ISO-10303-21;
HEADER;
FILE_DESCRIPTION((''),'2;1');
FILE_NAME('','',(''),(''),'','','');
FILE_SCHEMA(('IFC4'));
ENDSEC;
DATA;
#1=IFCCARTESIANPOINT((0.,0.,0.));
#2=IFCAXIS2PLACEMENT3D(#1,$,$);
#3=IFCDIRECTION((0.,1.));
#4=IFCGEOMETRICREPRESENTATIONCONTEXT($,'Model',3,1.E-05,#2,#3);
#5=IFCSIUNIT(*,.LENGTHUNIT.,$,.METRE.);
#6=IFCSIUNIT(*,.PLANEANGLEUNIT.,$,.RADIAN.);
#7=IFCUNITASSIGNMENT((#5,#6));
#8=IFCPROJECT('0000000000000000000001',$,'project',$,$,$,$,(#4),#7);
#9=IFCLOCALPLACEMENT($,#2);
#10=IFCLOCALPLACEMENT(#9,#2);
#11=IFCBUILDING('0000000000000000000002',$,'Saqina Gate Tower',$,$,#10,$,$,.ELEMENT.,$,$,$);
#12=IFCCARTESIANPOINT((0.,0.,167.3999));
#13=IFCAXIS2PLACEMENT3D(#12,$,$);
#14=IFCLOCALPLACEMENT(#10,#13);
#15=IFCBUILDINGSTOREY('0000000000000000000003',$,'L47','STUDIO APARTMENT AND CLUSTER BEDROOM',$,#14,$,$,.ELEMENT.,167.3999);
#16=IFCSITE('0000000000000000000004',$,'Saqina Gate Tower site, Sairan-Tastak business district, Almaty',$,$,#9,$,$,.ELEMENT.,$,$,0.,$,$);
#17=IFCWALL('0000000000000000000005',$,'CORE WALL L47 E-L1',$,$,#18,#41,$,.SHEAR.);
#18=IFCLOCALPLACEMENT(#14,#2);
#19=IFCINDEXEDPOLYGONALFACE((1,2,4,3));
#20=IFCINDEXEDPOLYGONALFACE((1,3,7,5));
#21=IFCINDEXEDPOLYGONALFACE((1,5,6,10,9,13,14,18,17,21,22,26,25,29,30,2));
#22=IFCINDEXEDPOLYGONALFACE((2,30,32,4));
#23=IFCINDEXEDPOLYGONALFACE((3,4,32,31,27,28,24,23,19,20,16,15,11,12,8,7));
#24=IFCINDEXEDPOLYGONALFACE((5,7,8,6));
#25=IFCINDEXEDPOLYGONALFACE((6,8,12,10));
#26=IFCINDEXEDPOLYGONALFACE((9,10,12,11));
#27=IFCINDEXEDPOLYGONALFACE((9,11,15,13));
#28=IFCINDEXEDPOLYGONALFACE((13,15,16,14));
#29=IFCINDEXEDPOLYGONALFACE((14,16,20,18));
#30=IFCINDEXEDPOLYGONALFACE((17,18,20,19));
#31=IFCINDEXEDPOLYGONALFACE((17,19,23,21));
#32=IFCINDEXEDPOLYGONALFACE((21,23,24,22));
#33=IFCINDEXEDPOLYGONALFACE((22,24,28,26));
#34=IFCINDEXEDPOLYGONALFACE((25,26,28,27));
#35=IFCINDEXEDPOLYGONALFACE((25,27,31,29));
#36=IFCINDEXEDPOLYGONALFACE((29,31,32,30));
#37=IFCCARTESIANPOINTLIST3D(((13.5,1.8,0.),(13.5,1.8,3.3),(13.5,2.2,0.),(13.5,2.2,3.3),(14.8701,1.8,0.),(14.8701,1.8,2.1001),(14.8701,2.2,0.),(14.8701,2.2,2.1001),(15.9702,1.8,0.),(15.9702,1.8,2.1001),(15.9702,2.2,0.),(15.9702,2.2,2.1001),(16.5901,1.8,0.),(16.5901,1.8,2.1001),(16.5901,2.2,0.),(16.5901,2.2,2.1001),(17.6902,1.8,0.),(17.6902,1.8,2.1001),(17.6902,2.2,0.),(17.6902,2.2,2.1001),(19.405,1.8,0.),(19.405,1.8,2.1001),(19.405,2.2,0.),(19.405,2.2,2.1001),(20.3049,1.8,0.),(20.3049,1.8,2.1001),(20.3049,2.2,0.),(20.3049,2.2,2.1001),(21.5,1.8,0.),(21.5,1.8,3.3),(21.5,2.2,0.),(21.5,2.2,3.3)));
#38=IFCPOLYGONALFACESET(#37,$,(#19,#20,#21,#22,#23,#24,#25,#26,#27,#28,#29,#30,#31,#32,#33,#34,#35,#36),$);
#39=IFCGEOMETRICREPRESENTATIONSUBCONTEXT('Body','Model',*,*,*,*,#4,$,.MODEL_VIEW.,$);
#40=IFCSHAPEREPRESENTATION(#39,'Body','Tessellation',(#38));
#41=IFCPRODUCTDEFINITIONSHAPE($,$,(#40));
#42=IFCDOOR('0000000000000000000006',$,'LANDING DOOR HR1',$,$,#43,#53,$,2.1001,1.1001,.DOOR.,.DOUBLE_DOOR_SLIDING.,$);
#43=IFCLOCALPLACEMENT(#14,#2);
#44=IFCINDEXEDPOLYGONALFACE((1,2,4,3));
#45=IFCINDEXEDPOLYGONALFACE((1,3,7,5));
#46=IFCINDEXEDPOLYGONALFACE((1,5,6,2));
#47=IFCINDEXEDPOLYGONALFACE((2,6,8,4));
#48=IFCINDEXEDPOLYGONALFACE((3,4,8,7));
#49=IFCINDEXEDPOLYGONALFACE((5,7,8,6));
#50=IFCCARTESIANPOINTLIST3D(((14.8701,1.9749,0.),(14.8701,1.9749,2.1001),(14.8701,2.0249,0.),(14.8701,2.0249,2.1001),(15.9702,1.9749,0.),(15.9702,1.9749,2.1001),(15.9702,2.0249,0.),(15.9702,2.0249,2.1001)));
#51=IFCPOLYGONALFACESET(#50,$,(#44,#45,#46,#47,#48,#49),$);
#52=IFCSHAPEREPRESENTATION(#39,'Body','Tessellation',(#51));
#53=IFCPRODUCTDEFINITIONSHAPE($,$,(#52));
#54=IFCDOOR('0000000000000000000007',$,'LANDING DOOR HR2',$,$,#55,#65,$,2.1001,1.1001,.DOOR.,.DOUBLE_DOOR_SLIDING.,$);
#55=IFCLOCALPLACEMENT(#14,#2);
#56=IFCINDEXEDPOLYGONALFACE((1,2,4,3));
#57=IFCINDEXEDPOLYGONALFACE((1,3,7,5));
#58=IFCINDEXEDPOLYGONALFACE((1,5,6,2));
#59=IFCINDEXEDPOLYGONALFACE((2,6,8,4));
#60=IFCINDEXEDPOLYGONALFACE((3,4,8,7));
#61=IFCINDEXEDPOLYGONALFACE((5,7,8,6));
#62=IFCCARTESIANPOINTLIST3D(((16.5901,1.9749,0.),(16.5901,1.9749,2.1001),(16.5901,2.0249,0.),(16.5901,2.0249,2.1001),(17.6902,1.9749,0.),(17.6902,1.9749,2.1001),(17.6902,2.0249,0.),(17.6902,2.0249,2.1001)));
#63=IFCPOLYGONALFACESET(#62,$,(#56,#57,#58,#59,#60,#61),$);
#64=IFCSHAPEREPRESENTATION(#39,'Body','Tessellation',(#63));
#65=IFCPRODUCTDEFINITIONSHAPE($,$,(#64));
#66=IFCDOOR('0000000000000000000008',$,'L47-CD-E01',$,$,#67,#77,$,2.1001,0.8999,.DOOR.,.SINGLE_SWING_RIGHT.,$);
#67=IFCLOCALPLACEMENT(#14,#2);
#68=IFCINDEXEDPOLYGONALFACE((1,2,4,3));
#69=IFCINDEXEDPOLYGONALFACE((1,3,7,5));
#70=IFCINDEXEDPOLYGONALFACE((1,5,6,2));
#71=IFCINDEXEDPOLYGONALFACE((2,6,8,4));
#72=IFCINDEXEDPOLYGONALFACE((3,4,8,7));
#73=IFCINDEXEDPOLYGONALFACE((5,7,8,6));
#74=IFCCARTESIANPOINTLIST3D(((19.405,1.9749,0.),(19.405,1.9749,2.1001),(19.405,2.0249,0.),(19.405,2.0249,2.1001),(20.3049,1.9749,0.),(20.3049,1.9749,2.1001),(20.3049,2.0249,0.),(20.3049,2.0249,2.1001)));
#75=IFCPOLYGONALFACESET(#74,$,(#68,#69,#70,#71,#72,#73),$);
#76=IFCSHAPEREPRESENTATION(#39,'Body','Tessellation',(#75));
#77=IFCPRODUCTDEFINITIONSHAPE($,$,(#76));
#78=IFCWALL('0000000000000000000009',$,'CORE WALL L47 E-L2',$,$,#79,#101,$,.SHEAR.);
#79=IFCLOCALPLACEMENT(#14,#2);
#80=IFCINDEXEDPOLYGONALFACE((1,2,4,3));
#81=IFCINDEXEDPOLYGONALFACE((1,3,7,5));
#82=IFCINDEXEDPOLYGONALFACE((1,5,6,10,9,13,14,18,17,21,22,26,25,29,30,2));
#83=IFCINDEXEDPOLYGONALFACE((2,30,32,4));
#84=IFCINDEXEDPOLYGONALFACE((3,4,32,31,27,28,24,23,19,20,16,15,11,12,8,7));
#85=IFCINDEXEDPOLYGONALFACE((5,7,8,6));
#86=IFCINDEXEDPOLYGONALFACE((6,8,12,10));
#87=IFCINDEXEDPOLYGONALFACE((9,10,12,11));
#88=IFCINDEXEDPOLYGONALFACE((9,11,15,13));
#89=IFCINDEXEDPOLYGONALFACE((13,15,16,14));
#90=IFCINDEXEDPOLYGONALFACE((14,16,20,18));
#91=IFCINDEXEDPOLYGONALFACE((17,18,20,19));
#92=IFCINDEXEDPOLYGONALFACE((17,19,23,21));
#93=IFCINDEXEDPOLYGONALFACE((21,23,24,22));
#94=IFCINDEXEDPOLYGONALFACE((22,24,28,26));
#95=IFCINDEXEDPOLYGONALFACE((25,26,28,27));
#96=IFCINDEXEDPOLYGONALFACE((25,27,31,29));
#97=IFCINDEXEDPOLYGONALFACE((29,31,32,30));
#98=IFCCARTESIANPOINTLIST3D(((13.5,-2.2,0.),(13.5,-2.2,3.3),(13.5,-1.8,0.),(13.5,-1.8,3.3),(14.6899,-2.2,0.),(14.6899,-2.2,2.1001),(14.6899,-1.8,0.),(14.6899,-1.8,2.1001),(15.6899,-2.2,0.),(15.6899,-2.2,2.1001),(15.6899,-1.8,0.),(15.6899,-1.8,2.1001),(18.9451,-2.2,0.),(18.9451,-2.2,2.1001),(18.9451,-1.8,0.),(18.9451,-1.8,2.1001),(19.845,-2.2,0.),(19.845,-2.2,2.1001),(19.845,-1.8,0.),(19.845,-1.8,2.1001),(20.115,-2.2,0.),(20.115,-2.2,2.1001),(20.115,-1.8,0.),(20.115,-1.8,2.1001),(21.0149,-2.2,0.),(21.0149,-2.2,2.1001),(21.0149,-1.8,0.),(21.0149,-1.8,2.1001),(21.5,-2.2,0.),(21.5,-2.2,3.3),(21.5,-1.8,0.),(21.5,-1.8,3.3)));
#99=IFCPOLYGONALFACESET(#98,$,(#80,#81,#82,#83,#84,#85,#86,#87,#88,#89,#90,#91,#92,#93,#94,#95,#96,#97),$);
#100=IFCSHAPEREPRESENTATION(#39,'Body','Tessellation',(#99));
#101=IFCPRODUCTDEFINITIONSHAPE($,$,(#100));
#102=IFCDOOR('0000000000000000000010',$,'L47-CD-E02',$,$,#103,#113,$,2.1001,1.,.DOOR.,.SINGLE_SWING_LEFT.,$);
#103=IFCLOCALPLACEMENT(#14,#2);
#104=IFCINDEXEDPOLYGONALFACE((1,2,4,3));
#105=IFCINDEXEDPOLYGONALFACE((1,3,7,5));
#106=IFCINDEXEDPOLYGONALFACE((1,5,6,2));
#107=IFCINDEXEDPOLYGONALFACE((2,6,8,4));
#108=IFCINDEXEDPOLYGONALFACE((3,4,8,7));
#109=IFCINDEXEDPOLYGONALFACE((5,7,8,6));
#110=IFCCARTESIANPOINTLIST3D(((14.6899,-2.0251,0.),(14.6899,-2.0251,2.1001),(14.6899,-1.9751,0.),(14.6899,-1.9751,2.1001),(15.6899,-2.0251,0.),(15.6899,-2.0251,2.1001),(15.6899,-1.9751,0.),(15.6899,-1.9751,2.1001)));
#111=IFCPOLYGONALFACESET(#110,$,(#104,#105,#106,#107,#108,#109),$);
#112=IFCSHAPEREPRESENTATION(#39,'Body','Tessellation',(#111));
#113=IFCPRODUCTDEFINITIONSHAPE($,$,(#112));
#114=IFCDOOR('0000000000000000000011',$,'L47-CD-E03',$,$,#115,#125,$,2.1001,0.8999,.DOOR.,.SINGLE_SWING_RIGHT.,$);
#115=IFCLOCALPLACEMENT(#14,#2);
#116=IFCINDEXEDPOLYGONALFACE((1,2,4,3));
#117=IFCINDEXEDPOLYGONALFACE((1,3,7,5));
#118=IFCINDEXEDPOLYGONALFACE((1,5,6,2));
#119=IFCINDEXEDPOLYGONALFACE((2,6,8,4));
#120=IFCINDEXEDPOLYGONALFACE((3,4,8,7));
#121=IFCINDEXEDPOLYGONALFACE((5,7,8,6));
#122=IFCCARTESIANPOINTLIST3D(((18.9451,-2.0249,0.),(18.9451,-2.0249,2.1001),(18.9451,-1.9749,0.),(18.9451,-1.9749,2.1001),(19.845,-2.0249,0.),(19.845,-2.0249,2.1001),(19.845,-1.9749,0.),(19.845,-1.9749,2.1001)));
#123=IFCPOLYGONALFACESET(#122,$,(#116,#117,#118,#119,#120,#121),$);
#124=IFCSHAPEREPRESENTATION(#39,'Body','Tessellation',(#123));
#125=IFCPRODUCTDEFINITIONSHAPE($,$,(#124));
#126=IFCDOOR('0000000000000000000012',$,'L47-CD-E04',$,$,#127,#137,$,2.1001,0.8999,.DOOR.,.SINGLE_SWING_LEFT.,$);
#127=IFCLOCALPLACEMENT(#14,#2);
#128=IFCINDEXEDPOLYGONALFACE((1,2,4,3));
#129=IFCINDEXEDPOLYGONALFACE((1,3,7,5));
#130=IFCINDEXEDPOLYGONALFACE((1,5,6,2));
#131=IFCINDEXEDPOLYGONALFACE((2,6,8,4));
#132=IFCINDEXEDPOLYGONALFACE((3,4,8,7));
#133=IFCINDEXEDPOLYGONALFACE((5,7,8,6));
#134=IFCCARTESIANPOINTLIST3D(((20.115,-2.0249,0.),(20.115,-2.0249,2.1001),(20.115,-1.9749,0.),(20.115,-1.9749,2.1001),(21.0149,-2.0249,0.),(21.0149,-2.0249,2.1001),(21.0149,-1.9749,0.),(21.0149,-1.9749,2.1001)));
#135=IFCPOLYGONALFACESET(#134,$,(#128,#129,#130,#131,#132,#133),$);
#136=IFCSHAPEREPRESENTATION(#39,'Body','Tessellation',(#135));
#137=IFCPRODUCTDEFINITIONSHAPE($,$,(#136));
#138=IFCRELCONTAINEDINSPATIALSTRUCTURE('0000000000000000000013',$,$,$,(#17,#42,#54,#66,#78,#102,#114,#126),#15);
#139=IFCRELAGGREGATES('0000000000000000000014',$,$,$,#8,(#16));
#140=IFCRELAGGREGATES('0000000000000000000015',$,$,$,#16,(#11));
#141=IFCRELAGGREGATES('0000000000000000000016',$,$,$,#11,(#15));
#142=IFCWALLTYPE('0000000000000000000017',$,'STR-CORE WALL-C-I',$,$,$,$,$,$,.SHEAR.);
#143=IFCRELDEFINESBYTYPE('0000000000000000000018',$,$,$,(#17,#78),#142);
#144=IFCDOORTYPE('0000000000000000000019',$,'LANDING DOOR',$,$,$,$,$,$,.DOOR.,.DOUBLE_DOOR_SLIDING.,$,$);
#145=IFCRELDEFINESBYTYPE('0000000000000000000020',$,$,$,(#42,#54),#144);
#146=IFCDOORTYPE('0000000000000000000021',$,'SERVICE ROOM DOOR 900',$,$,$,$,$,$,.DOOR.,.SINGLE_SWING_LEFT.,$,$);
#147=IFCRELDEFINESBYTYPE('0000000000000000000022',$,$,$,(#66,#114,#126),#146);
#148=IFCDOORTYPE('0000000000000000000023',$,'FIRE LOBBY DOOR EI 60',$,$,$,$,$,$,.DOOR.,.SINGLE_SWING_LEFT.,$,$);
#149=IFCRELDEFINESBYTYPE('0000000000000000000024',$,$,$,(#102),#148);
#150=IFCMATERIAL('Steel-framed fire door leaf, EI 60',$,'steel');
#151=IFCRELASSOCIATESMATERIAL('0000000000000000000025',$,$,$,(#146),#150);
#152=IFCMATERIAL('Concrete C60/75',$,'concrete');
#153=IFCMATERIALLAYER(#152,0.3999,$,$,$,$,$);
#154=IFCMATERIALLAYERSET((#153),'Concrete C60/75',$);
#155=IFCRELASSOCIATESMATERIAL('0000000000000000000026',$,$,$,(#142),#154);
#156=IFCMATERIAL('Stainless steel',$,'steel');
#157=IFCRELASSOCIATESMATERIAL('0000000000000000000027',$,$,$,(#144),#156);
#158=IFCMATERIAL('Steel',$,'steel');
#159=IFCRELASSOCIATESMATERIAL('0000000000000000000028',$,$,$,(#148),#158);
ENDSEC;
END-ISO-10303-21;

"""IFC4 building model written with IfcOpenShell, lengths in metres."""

from ifc_helpers import new_model, si_unit, direction, frame, frame_2d, origin, place, context, subcontext, project, spatial, rectangle, extrude, material, layer, layer_set, type_object, element, fill, save


model = new_model("IFC4")

# Units and contexts
model_context = context("Model", 3, precision=1e-05, world=origin(), true_north=direction((0.0, 1.0)))
body_context = subcontext(model_context, "Body", "Model", "MODEL_VIEW")
ifc_project = project(units=[si_unit("LENGTHUNIT", "METRE"), si_unit("PLANEANGLEUNIT", "RADIAN")], contexts=[model_context])

# Site, building, storey
site_placement = place(None, origin())
site = spatial("IfcSite", under=ifc_project, at=site_placement, Name="Saqina Gate Tower site, Sairan-Tastak business district, Almaty", CompositionType="ELEMENT", RefElevation=0.0)
building_placement = place(site_placement, origin())
building = spatial("IfcBuilding", under=site, at=building_placement, Name="Saqina Gate Tower", CompositionType="ELEMENT")
storey_placement = place(building_placement, frame((0.0, 0.0, 167.3999)))
storey = spatial("IfcBuildingStorey", under=building, at=storey_placement, Name="L47", Description="STUDIO APARTMENT AND CLUSTER BEDROOM", CompositionType="ELEMENT", Elevation=167.3999)

# Shared definitions
ifc_material_1 = material(Name="Steel-framed fire door leaf, EI 60", Category="steel")
door_type_1 = type_object("IfcDoorType", Name="SERVICE ROOM DOOR 900", OperationType="SINGLE_SWING_LEFT", PredefinedType="DOOR", material=ifc_material_1)

# Shared definitions
ifc_material_2 = material(Name="Concrete C60/75", Category="concrete")
ifc_layer_1 = layer(ifc_material_2, 0.3999)
ifc_layer_set_1 = layer_set([ifc_layer_1], Name="Concrete C60/75")
wall_type_1 = type_object("IfcWallType", Name="STR-CORE WALL-C-I", PredefinedType="SHEAR", material=ifc_layer_set_1)

# Walls, openings, doors
wall_1_placement = place(storey_placement, frame((13.5, 2.0, 0.0), z_axis=(0.0, 0.0, 1.0), x_axis=(1.0, 0.0, 0.0)))
wall_1 = element("IfcWall", 1, at=wall_1_placement, inside=storey, type_object=wall_type_1, Name="CORE WALL L47 E-L1", PredefinedType="SHEAR", context=body_context, shape_type="SweptSolid", body=[
    extrude(rectangle(XDim=8.0, YDim=0.3999, at=frame_2d((4.0, 0.0))), origin(), (0.0, 0.0, 1.0), 3.3),
])
opening_1_placement = place(wall_1_placement, frame((1.3701, 0.0, 0.0)))
opening_1 = element("IfcOpeningElement", 2, at=opening_1_placement, cuts=wall_1, PredefinedType="OPENING", context=body_context, shape_type="SweptSolid", body=[
    extrude(rectangle(XDim=1.1001, YDim=2.1001, at=frame_2d((0.55, 1.05))), frame((0.0, 0.2119, 0.0), z_axis=(0.0, -1.0, 0.0), x_axis=(1.0, 0.0, 0.0)), (0.0, 0.0, 1.0), 0.4238),
])
opening_2_placement = place(wall_1_placement, frame((3.0901, 0.0, 0.0)))
opening_2 = element("IfcOpeningElement", 3, at=opening_2_placement, cuts=wall_1, PredefinedType="OPENING", context=body_context, shape_type="SweptSolid", body=[
    extrude(rectangle(XDim=1.1001, YDim=2.1001, at=frame_2d((0.55, 1.05))), frame((0.0, 0.2119, 0.0), z_axis=(0.0, -1.0, 0.0), x_axis=(1.0, 0.0, 0.0)), (0.0, 0.0, 1.0), 0.4238),
])
opening_3_placement = place(wall_1_placement, frame((5.905, 0.0, 0.0)))
opening_3 = element("IfcOpeningElement", 4, at=opening_3_placement, cuts=wall_1, PredefinedType="OPENING", context=body_context, shape_type="SweptSolid", body=[
    extrude(rectangle(XDim=0.8999, YDim=2.1001, at=frame_2d((0.45, 1.05))), frame((0.0, 0.2119, 0.0), z_axis=(0.0, -1.0, 0.0), x_axis=(1.0, 0.0, 0.0)), (0.0, 0.0, 1.0), 0.4238),
])
ifc_material_3 = material(Name="Stainless steel", Category="steel")
door_type_2 = type_object("IfcDoorType", Name="LANDING DOOR", OperationType="DOUBLE_DOOR_SLIDING", PredefinedType="DOOR", material=ifc_material_3)
door_1_placement = place(opening_1_placement, origin())
door_1 = element("IfcDoor", 5, at=door_1_placement, inside=storey, type_object=door_type_2, Name="LANDING DOOR HR1", OperationType="DOUBLE_DOOR_SLIDING", OverallHeight=2.1001, OverallWidth=1.1001, PredefinedType="DOOR", context=body_context, shape_type="SweptSolid", body=[
    extrude(rectangle(XDim=1.1001, YDim=2.1001, at=frame_2d((0.55, 1.05))), frame((0.0, 0.0249, 0.0), z_axis=(0.0, -1.0, 0.0), x_axis=(1.0, 0.0, 0.0)), (0.0, 0.0, 1.0), 0.05),
])
fill(opening_1, door_1)
door_2_placement = place(opening_2_placement, origin())
door_2 = element("IfcDoor", 6, at=door_2_placement, inside=storey, type_object=door_type_2, Name="LANDING DOOR HR2", OperationType="DOUBLE_DOOR_SLIDING", OverallHeight=2.1001, OverallWidth=1.1001, PredefinedType="DOOR", context=body_context, shape_type="SweptSolid", body=[
    extrude(rectangle(XDim=1.1001, YDim=2.1001, at=frame_2d((0.55, 1.05))), frame((0.0, 0.0249, 0.0), z_axis=(0.0, -1.0, 0.0), x_axis=(1.0, 0.0, 0.0)), (0.0, 0.0, 1.0), 0.05),
])
fill(opening_2, door_2)
door_3_placement = place(opening_3_placement, origin())
door_3 = element("IfcDoor", 7, at=door_3_placement, inside=storey, type_object=door_type_1, Name="L47-CD-E01", OperationType="SINGLE_SWING_RIGHT", OverallHeight=2.1001, OverallWidth=0.8999, PredefinedType="DOOR", context=body_context, shape_type="SweptSolid", body=[
    extrude(rectangle(XDim=0.8999, YDim=2.1001, at=frame_2d((0.45, 1.05))), frame((0.0, 0.0249, 0.0), z_axis=(0.0, -1.0, 0.0), x_axis=(1.0, 0.0, 0.0)), (0.0, 0.0, 1.0), 0.05),
])
fill(opening_3, door_3)
wall_2_placement = place(storey_placement, frame((13.5, -2.0, 0.0), z_axis=(0.0, 0.0, 1.0), x_axis=(1.0, 0.0, 0.0)))
wall_2 = element("IfcWall", 8, at=wall_2_placement, inside=storey, type_object=wall_type_1, Name="CORE WALL L47 E-L2", PredefinedType="SHEAR", context=body_context, shape_type="SweptSolid", body=[
    extrude(rectangle(XDim=8.0, YDim=0.3999, at=frame_2d((4.0, 0.0))), origin(), (0.0, 0.0, 1.0), 3.3),
])
opening_4_placement = place(wall_2_placement, frame((1.1899, 0.0, 0.0)))
opening_4 = element("IfcOpeningElement", 9, at=opening_4_placement, cuts=wall_2, PredefinedType="OPENING", context=body_context, shape_type="SweptSolid", body=[
    extrude(rectangle(XDim=1.0, YDim=2.1001, at=frame_2d((0.5, 1.05))), frame((0.0, 0.2119, 0.0), z_axis=(0.0, -1.0, 0.0), x_axis=(1.0, 0.0, 0.0)), (0.0, 0.0, 1.0), 0.4238),
])
opening_5_placement = place(wall_2_placement, frame((5.4451, 0.0, 0.0)))
opening_5 = element("IfcOpeningElement", 10, at=opening_5_placement, cuts=wall_2, PredefinedType="OPENING", context=body_context, shape_type="SweptSolid", body=[
    extrude(rectangle(XDim=0.8999, YDim=2.1001, at=frame_2d((0.45, 1.05))), frame((0.0, 0.2119, 0.0), z_axis=(0.0, -1.0, 0.0), x_axis=(1.0, 0.0, 0.0)), (0.0, 0.0, 1.0), 0.4238),
])
opening_6_placement = place(wall_2_placement, frame((6.615, 0.0, 0.0)))
opening_6 = element("IfcOpeningElement", 11, at=opening_6_placement, cuts=wall_2, PredefinedType="OPENING", context=body_context, shape_type="SweptSolid", body=[
    extrude(rectangle(XDim=0.8999, YDim=2.1001, at=frame_2d((0.45, 1.05))), frame((0.0, 0.2119, 0.0), z_axis=(0.0, -1.0, 0.0), x_axis=(1.0, 0.0, 0.0)), (0.0, 0.0, 1.0), 0.4238),
])
ifc_material_4 = material(Name="Steel", Category="steel")
door_type_3 = type_object("IfcDoorType", Name="FIRE LOBBY DOOR EI 60", OperationType="SINGLE_SWING_LEFT", PredefinedType="DOOR", material=ifc_material_4)
door_4_placement = place(opening_4_placement, origin())
door_4 = element("IfcDoor", 12, at=door_4_placement, inside=storey, type_object=door_type_3, Name="L47-CD-E02", OperationType="SINGLE_SWING_LEFT", OverallHeight=2.1001, OverallWidth=1.0, PredefinedType="DOOR", context=body_context, shape_type="SweptSolid", body=[
    extrude(rectangle(XDim=1.0, YDim=2.1001, at=frame_2d((0.5, 1.05))), frame((0.0, 0.0249, 0.0), z_axis=(0.0, -1.0, 0.0), x_axis=(1.0, 0.0, 0.0)), (0.0, 0.0, 1.0), 0.05),
])
fill(opening_4, door_4)
door_5_placement = place(opening_5_placement, frame((0.8999, 0.0, 0.0), z_axis=(0.0, 0.0, 1.0), x_axis=(-1.0, 0.0, 0.0)))
door_5 = element("IfcDoor", 13, at=door_5_placement, inside=storey, type_object=door_type_1, Name="L47-CD-E03", OperationType="SINGLE_SWING_RIGHT", OverallHeight=2.1001, OverallWidth=0.8999, PredefinedType="DOOR", context=body_context, shape_type="SweptSolid", body=[
    extrude(rectangle(XDim=0.8999, YDim=2.1001, at=frame_2d((0.45, 1.05))), frame((0.0, 0.0249, 0.0), z_axis=(0.0, -1.0, 0.0), x_axis=(1.0, 0.0, 0.0)), (0.0, 0.0, 1.0), 0.05),
])
fill(opening_5, door_5)
door_6_placement = place(opening_6_placement, frame((0.8999, 0.0, 0.0), z_axis=(0.0, 0.0, 1.0), x_axis=(-1.0, 0.0, 0.0)))
door_6 = element("IfcDoor", 14, at=door_6_placement, inside=storey, type_object=door_type_1, Name="L47-CD-E04", OperationType="SINGLE_SWING_LEFT", OverallHeight=2.1001, OverallWidth=0.8999, PredefinedType="DOOR", context=body_context, shape_type="SweptSolid", body=[
    extrude(rectangle(XDim=0.8999, YDim=2.1001, at=frame_2d((0.45, 1.05))), frame((0.0, 0.0249, 0.0), z_axis=(0.0, -1.0, 0.0), x_axis=(1.0, 0.0, 0.0)), (0.0, 0.0, 1.0), 0.05),
])
fill(opening_6, door_6)

save(model, "model.ifc")
